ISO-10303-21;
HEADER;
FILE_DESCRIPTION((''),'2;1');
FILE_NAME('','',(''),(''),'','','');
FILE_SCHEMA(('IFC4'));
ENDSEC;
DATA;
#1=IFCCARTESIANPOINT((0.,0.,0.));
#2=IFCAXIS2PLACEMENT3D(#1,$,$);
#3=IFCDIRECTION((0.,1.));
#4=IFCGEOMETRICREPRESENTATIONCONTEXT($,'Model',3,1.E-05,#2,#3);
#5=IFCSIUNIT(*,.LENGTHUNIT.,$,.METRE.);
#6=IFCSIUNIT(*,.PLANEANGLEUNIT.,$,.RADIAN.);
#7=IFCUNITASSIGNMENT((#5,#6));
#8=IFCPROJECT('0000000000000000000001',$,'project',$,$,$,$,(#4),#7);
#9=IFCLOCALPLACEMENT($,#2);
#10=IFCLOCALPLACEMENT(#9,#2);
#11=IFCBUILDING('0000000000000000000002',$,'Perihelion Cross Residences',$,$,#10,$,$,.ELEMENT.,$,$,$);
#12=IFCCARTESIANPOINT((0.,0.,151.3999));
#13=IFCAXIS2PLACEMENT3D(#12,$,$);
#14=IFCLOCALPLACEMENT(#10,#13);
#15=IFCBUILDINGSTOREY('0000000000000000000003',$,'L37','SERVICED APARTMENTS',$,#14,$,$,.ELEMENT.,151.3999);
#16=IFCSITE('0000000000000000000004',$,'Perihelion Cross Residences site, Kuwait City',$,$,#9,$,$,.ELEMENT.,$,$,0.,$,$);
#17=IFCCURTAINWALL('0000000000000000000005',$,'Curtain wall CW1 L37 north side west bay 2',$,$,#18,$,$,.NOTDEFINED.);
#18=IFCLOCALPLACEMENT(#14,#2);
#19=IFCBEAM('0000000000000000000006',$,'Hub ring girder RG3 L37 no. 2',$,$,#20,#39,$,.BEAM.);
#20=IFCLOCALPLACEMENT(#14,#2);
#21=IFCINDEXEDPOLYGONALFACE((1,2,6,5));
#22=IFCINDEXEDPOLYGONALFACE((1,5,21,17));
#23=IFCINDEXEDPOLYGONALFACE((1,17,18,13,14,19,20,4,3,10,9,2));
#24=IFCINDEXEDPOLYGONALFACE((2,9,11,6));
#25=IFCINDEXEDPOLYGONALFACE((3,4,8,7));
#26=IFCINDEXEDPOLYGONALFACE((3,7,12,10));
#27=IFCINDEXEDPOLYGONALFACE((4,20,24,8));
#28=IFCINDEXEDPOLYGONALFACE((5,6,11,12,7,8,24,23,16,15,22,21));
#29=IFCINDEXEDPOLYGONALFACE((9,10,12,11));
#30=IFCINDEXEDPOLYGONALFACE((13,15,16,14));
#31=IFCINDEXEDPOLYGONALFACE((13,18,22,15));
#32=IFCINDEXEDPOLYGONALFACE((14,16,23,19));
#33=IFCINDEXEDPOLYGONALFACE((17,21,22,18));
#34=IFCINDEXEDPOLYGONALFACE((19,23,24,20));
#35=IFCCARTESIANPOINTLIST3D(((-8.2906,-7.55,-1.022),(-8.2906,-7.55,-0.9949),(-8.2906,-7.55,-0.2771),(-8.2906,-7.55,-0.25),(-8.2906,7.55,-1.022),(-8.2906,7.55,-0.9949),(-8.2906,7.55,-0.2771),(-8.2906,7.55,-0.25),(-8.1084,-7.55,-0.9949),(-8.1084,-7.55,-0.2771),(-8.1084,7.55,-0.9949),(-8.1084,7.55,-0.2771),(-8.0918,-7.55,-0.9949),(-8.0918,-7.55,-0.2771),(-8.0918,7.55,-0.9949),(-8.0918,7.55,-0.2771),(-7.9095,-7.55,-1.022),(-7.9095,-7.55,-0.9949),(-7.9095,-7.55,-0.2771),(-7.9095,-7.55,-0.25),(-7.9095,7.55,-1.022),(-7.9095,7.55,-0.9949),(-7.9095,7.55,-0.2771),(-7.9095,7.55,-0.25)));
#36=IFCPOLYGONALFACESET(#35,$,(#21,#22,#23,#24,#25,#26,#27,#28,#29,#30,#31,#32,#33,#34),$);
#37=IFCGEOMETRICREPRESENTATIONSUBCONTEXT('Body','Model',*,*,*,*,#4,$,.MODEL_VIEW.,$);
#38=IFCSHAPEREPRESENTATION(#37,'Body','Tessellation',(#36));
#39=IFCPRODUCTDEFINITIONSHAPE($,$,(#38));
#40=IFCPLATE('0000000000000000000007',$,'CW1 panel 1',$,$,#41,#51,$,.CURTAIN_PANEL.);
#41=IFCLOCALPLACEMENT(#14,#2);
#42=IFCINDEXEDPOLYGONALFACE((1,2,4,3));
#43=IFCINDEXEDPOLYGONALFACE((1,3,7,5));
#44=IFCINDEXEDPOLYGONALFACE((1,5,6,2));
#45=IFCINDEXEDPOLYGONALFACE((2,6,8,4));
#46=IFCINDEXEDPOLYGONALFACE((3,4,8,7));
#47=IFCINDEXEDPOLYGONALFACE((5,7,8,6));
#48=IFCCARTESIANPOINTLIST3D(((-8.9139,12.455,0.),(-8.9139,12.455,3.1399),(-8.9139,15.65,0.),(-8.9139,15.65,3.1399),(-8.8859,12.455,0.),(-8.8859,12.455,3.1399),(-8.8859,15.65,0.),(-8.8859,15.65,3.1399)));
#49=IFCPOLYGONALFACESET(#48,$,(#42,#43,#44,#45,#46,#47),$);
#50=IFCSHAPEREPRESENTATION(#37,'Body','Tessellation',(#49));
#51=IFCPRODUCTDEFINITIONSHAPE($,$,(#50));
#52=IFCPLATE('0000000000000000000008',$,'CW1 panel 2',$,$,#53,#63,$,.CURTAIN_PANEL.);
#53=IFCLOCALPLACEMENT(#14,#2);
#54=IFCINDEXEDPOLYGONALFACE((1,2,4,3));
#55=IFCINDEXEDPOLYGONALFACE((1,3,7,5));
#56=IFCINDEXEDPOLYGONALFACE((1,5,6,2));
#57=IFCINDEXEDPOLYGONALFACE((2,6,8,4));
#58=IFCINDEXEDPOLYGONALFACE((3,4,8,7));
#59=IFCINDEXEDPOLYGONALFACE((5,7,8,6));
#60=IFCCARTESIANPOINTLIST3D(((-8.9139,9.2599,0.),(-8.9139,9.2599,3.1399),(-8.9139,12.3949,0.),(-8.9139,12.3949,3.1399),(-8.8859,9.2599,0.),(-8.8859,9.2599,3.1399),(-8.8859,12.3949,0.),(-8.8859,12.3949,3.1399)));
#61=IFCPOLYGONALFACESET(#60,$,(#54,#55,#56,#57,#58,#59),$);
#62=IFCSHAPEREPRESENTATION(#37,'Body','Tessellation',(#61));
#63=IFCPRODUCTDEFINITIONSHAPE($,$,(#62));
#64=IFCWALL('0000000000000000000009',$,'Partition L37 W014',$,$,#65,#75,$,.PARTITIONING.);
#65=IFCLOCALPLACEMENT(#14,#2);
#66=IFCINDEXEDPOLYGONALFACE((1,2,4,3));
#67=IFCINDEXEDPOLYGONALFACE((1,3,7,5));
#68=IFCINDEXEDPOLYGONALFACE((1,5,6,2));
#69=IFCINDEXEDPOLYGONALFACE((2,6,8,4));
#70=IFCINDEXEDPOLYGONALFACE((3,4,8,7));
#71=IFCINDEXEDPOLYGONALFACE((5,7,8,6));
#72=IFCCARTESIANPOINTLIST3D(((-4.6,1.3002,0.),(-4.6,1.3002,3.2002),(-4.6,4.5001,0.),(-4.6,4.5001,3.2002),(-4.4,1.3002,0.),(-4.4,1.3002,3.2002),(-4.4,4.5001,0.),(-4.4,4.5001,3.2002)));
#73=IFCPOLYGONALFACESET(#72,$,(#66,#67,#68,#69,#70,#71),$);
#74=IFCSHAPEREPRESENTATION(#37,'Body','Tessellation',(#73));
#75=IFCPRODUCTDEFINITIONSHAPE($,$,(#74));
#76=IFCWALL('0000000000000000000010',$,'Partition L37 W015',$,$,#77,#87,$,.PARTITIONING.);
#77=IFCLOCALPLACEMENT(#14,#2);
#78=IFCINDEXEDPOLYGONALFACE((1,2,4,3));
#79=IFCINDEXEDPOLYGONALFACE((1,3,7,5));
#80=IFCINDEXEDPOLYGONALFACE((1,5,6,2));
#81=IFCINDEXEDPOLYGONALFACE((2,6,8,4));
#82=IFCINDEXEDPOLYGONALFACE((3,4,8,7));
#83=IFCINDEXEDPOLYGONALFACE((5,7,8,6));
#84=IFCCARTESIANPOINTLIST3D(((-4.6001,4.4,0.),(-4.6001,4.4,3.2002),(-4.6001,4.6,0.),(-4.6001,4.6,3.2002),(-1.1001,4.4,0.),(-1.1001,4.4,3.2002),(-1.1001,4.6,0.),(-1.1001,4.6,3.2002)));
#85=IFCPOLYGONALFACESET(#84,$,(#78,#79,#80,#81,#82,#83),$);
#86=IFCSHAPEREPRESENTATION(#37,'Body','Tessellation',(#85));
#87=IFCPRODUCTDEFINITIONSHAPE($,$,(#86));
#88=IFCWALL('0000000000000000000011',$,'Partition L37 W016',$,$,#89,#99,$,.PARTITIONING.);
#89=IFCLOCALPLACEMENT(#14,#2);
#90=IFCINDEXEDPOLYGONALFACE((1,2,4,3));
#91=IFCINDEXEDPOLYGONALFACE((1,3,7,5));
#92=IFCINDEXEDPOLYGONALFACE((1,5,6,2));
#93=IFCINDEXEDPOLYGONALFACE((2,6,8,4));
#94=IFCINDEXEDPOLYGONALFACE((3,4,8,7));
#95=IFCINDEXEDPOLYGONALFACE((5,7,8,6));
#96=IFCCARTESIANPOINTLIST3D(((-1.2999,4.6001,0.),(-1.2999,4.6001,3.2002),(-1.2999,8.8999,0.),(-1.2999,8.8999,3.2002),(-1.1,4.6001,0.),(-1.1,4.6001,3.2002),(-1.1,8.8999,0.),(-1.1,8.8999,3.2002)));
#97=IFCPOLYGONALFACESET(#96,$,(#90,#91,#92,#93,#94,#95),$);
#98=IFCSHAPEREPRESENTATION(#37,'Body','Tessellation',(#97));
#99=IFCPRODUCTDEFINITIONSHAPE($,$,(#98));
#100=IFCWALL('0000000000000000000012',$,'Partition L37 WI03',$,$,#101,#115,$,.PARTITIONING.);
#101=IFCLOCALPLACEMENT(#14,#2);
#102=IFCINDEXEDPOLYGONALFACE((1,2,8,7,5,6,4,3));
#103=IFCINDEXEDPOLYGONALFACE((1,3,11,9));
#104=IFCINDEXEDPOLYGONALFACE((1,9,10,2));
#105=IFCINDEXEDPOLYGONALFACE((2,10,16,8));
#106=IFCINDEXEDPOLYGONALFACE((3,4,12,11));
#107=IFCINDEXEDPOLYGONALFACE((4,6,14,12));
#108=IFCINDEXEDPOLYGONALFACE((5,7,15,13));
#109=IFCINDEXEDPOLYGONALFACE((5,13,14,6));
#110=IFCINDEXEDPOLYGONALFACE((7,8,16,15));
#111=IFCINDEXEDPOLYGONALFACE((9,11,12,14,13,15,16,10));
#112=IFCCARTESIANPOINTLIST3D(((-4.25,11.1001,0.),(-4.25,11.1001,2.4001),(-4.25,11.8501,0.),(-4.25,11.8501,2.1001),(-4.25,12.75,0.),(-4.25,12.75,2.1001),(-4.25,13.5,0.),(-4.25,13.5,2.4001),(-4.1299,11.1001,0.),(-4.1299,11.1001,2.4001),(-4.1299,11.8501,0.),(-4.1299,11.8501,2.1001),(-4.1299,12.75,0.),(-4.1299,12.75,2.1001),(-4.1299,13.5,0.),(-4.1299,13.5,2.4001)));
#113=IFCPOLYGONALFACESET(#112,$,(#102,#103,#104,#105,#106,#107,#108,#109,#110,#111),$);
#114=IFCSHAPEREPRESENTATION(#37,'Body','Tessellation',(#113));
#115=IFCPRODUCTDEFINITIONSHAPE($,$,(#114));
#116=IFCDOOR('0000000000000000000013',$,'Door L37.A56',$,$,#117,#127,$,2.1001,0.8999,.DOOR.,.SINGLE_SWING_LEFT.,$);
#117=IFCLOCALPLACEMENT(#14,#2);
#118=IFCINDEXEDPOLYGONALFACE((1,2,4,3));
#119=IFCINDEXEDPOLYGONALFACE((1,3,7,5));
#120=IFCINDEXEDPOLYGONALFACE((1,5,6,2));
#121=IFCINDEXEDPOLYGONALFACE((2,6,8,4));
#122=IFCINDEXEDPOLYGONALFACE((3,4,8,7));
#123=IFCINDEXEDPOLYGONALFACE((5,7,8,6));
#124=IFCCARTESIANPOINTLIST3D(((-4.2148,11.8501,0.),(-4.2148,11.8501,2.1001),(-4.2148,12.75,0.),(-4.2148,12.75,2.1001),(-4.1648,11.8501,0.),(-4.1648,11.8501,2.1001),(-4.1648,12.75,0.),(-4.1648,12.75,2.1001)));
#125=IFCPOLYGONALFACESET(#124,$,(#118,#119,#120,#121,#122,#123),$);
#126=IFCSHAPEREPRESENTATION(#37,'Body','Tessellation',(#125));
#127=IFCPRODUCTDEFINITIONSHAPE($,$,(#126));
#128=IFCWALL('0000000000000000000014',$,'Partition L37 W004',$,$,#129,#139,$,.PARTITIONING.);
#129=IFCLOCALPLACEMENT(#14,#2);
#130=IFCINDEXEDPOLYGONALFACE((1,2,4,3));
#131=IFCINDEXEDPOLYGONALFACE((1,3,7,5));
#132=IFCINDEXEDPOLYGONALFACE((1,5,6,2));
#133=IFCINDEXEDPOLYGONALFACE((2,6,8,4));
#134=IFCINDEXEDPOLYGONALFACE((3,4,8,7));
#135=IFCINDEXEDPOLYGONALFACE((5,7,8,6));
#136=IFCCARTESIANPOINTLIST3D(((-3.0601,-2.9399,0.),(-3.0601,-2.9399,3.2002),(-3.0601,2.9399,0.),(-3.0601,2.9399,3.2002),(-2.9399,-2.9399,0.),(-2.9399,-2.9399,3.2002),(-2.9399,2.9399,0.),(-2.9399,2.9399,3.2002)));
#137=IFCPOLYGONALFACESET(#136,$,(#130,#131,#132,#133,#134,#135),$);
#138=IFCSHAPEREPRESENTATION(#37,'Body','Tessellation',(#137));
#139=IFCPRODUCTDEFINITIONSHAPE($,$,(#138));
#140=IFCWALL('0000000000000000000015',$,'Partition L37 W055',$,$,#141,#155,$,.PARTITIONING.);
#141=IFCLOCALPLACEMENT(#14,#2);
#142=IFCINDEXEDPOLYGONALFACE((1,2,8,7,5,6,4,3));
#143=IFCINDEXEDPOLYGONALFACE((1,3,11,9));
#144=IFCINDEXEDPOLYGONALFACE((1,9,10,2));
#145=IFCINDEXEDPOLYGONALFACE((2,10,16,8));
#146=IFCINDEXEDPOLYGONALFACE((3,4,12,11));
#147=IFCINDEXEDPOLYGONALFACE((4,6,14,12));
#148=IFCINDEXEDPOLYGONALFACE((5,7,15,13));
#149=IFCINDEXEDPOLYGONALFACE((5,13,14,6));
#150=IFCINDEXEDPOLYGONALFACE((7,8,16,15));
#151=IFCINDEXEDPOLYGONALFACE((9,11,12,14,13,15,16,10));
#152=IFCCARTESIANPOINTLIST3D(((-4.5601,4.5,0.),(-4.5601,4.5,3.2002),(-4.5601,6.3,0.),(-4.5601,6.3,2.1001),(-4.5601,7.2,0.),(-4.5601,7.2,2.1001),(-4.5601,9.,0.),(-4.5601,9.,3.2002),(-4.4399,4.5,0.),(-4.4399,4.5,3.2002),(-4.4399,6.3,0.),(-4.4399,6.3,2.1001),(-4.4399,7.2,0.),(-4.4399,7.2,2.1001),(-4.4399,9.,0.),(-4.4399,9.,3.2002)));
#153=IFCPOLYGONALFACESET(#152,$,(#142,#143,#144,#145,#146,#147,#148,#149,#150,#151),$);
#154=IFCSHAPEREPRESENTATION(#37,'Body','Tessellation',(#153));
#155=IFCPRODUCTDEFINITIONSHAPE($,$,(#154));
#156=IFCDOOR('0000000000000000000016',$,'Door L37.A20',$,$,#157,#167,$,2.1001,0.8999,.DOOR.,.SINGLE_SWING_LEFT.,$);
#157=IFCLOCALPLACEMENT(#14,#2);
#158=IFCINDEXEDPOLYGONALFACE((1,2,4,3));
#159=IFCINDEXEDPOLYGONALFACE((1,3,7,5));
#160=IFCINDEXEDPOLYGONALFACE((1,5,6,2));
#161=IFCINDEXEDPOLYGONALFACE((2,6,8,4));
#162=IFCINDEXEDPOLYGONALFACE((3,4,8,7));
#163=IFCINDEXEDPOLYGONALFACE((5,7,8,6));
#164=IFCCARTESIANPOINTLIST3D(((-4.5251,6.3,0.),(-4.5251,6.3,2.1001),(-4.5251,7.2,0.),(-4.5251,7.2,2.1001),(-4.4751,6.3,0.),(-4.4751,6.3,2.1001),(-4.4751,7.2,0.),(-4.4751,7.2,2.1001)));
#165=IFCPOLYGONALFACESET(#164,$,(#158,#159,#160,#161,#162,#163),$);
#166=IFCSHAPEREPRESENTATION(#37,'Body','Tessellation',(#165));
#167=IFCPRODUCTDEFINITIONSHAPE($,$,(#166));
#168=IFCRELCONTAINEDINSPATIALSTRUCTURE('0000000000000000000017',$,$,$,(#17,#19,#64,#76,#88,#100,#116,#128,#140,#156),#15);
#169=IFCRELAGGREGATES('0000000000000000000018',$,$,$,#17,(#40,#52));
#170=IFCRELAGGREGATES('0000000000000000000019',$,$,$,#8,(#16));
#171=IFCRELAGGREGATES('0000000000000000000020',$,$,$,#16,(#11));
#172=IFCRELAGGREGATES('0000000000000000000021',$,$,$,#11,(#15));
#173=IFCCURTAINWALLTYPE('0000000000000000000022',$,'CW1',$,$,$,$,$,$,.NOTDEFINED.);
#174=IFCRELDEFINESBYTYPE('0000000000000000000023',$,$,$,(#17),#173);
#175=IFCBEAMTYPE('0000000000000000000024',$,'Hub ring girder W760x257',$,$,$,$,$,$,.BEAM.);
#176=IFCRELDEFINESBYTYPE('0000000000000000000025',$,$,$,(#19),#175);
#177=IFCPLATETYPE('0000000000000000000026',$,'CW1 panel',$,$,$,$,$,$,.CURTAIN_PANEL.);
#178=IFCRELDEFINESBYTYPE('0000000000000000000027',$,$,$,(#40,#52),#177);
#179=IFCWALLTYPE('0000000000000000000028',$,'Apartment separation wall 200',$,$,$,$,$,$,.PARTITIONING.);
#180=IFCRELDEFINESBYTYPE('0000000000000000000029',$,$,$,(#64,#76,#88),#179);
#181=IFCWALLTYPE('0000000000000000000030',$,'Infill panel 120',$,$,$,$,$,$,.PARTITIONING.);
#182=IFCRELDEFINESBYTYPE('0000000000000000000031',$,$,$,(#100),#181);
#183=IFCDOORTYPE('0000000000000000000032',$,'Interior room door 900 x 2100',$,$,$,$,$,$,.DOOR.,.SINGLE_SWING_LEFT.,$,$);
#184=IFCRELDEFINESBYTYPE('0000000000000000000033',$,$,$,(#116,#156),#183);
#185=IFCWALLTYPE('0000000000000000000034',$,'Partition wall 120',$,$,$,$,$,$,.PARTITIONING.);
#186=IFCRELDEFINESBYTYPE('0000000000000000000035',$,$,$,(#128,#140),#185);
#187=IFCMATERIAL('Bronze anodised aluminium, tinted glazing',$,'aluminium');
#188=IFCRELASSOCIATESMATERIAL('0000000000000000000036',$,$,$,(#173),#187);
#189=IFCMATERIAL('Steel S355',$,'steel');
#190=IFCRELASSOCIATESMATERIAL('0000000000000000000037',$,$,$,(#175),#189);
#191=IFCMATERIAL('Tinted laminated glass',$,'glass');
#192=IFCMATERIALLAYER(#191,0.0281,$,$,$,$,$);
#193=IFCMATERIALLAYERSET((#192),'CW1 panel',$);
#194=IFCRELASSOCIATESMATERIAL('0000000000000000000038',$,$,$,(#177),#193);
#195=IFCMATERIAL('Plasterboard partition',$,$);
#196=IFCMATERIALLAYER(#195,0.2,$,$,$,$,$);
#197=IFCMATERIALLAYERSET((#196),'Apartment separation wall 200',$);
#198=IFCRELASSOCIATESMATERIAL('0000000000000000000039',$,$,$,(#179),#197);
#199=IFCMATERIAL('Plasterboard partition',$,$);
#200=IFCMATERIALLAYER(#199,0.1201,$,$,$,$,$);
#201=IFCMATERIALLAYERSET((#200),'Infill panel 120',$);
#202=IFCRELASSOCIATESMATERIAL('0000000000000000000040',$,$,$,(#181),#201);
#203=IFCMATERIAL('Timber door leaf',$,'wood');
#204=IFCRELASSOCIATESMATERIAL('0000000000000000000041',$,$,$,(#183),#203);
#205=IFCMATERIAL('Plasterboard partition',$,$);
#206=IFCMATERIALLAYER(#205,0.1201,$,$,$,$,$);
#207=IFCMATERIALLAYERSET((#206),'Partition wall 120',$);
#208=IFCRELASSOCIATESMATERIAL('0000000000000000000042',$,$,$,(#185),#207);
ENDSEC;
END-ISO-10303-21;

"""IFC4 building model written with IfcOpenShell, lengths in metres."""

from ifc_helpers import new_model, si_unit, direction, frame, frame_2d, origin, origin_2d, place, context, subcontext, project, spatial, rectangle, i_section, extrude, material, layer, layer_set, material_profile, profile_set, type_object, element, fill, aggregate, save


model = new_model("IFC4")

# Units and contexts
model_context = context("Model", 3, precision=1e-05, world=origin(), true_north=direction((0.0, 1.0)))
body_context = subcontext(model_context, "Body", "Model", "MODEL_VIEW")
ifc_project = project(units=[si_unit("LENGTHUNIT", "METRE"), si_unit("PLANEANGLEUNIT", "RADIAN")], contexts=[model_context])

# Site, building, storey
site_placement = place(None, origin())
site = spatial("IfcSite", under=ifc_project, at=site_placement, Name="Perihelion Cross Residences site, Kuwait City", CompositionType="ELEMENT", RefElevation=0.0)
building_placement = place(site_placement, origin())
building = spatial("IfcBuilding", under=site, at=building_placement, Name="Perihelion Cross Residences", CompositionType="ELEMENT")
storey_placement = place(building_placement, frame((0.0, 0.0, 151.3999)))
storey = spatial("IfcBuildingStorey", under=building, at=storey_placement, Name="L37", Description="SERVICED APARTMENTS", CompositionType="ELEMENT", Elevation=151.3999)

# Curtain wall
ifc_material_1 = material(Name="Bronze anodised aluminium, tinted glazing", Category="aluminium")
curtain_wall_type = type_object("IfcCurtainWallType", Name="CW1", PredefinedType="NOTDEFINED", material=ifc_material_1)
curtain_wall_placement = place(storey_placement, origin())
curtain_wall = element("IfcCurtainWall", 1, at=curtain_wall_placement, inside=storey, type_object=curtain_wall_type, Name="Curtain wall CW1 L37 north side west bay 2", PredefinedType="NOTDEFINED")

# Beam
ifc_material_2 = material(Name="Steel S355", Category="steel")
ifc_material_profile_1 = material_profile(ifc_material_2, i_section(OverallWidth=0.3811, OverallDepth=0.772, WebThickness=0.0166, FlangeThickness=0.0271, at=origin_2d()), Name="W760x257")
ifc_profile_set_1 = profile_set([ifc_material_profile_1], Name="Steel S355")
beam_type_1 = type_object("IfcBeamType", Name="Hub ring girder W760x257", PredefinedType="BEAM", material=ifc_profile_set_1)
beam_1_placement = place(storey_placement, frame((-8.1001, 7.55, -0.636), z_axis=(0.0, -1.0, 0.0), x_axis=(1.0, 0.0, 0.0)))
element("IfcBeam", 2, at=beam_1_placement, inside=storey, type_object=beam_type_1, Name="Hub ring girder RG3 L37 no. 2", PredefinedType="BEAM", context=body_context, shape_type="SweptSolid", body=[
    extrude(i_section(OverallWidth=0.3811, OverallDepth=0.772, WebThickness=0.0166, FlangeThickness=0.0271, at=origin_2d()), origin(), (0.0, 0.0, 1.0), 15.1001),
])

# Plates
ifc_material_3 = material(Name="Tinted laminated glass", Category="glass")
ifc_layer_1 = layer(ifc_material_3, 0.0281)
ifc_layer_set_1 = layer_set([ifc_layer_1], Name="CW1 panel")
plate_type = type_object("IfcPlateType", Name="CW1 panel", PredefinedType="CURTAIN_PANEL", material=ifc_layer_set_1)
plate_1_placement = place(storey_placement, frame((-8.8999, 14.0525, 0.0), z_axis=(0.0, 0.0, 1.0), x_axis=(0.0, -1.0, 0.0)))
plate_1 = element("IfcPlate", 3, at=plate_1_placement, type_object=plate_type, Name="CW1 panel 1", PredefinedType="CURTAIN_PANEL", context=body_context, shape_type="SweptSolid", body=[
    extrude(rectangle(XDim=3.1951, YDim=0.0281, at=origin_2d()), origin(), (0.0, 0.0, 1.0), 3.1399),
])
plate_2_placement = place(storey_placement, frame((-8.8999, 10.8274, 0.0), z_axis=(0.0, 0.0, 1.0), x_axis=(0.0, -1.0, 0.0)))
plate_2 = element("IfcPlate", 4, at=plate_2_placement, type_object=plate_type, Name="CW1 panel 2", PredefinedType="CURTAIN_PANEL", context=body_context, shape_type="SweptSolid", body=[
    extrude(rectangle(XDim=3.135, YDim=0.0281, at=origin_2d()), origin(), (0.0, 0.0, 1.0), 3.1399),
])
aggregate(curtain_wall, [plate_1, plate_2])

# Walls
ifc_material_4 = material(Name="Plasterboard partition")
ifc_layer_2 = layer(ifc_material_4, 0.2)
ifc_layer_set_2 = layer_set([ifc_layer_2], Name="Apartment separation wall 200")
wall_type_1 = type_object("IfcWallType", Name="Apartment separation wall 200", PredefinedType="PARTITIONING", material=ifc_layer_set_2)
wall_1_placement = place(storey_placement, frame((-4.5, 1.3, 0.0), z_axis=(0.0, 0.0, 1.0), x_axis=(0.0, 1.0, 0.0)))
element("IfcWall", 5, at=wall_1_placement, inside=storey, type_object=wall_type_1, Name="Partition L37 W014", PredefinedType="PARTITIONING", context=body_context, shape_type="SweptSolid", body=[
    extrude(rectangle(XDim=3.2, YDim=0.2, at=frame_2d((1.6001, 0.0))), origin(), (0.0, 0.0, 1.0), 3.2002),
])
wall_2_placement = place(storey_placement, frame((-4.6001, 4.5, 0.0), z_axis=(0.0, 0.0, 1.0), x_axis=(1.0, 0.0, 0.0)))
element("IfcWall", 6, at=wall_2_placement, inside=storey, type_object=wall_type_1, Name="Partition L37 W015", PredefinedType="PARTITIONING", context=body_context, shape_type="SweptSolid", body=[
    extrude(rectangle(XDim=3.5, YDim=0.2, at=frame_2d((1.75, 0.0))), origin(), (0.0, 0.0, 1.0), 3.2002),
])
wall_3_placement = place(storey_placement, frame((-1.2, 4.6001, 0.0), z_axis=(0.0, 0.0, 1.0), x_axis=(0.0, 1.0, 0.0)))
element("IfcWall", 7, at=wall_3_placement, inside=storey, type_object=wall_type_1, Name="Partition L37 W016", PredefinedType="PARTITIONING", context=body_context, shape_type="SweptSolid", body=[
    extrude(rectangle(XDim=4.2998, YDim=0.2, at=frame_2d((2.1499, 0.0))), origin(), (0.0, 0.0, 1.0), 3.2002),
])

# Wall, opening, door
ifc_material_5 = material(Name="Plasterboard partition")
ifc_layer_3 = layer(ifc_material_5, 0.1201)
ifc_layer_set_3 = layer_set([ifc_layer_3], Name="Infill panel 120")
wall_type_2 = type_object("IfcWallType", Name="Infill panel 120", PredefinedType="PARTITIONING", material=ifc_layer_set_3)
wall_4_placement = place(storey_placement, frame((-4.1899, 11.1001, 0.0), z_axis=(0.0, 0.0, 1.0), x_axis=(0.0, 1.0, 0.0)))
wall_4 = element("IfcWall", 8, at=wall_4_placement, inside=storey, type_object=wall_type_2, Name="Partition L37 WI03", PredefinedType="PARTITIONING", context=body_context, shape_type="SweptSolid", body=[
    extrude(rectangle(XDim=2.3999, YDim=0.1201, at=frame_2d((1.2, 0.0))), origin(), (0.0, 0.0, 1.0), 2.4001),
])
opening_1_placement = place(wall_4_placement, frame((0.75, 0.0, 0.0)))
opening_1 = element("IfcOpeningElement", 9, at=opening_1_placement, cuts=wall_4, PredefinedType="OPENING", context=body_context, shape_type="SweptSolid", body=[
    extrude(rectangle(XDim=0.8999, YDim=2.1001, at=frame_2d((0.45, 1.05))), frame((0.0, 0.0701, 0.0), z_axis=(0.0, -1.0, 0.0), x_axis=(1.0, 0.0, 0.0)), (0.0, 0.0, 1.0), 0.1401),
])
ifc_material_6 = material(Name="Timber door leaf", Category="wood")
door_type_1 = type_object("IfcDoorType", Name="Interior room door 900 x 2100", OperationType="SINGLE_SWING_LEFT", PredefinedType="DOOR", material=ifc_material_6)
door_1_placement = place(opening_1_placement, origin())
door_1 = element("IfcDoor", 10, at=door_1_placement, inside=storey, type_object=door_type_1, Name="Door L37.A56", OperationType="SINGLE_SWING_LEFT", OverallHeight=2.1001, OverallWidth=0.8999, PredefinedType="DOOR", context=body_context, shape_type="SweptSolid", body=[
    extrude(rectangle(XDim=0.8999, YDim=2.1001, at=frame_2d((0.45, 1.05))), frame((0.0, 0.0249, 0.0), z_axis=(0.0, -1.0, 0.0), x_axis=(1.0, 0.0, 0.0)), (0.0, 0.0, 1.0), 0.05),
])
fill(opening_1, door_1)

# Wall
ifc_material_7 = material(Name="Plasterboard partition")
ifc_layer_4 = layer(ifc_material_7, 0.1201)
ifc_layer_set_4 = layer_set([ifc_layer_4], Name="Partition wall 120")
wall_type_3 = type_object("IfcWallType", Name="Partition wall 120", PredefinedType="PARTITIONING", material=ifc_layer_set_4)
wall_5_placement = place(storey_placement, frame((-3.0, 2.9399, 0.0), z_axis=(0.0, 0.0, 1.0), x_axis=(0.0, -1.0, 0.0)))
element("IfcWall", 11, at=wall_5_placement, inside=storey, type_object=wall_type_3, Name="Partition L37 W004", PredefinedType="PARTITIONING", context=body_context, shape_type="SweptSolid", body=[
    extrude(rectangle(XDim=5.8799, YDim=0.1201, at=frame_2d((2.9399, 0.0))), origin(), (0.0, 0.0, 1.0), 3.2002),
])

# Wall, opening, door
wall_6_placement = place(storey_placement, frame((-4.5, 9.0, 0.0), z_axis=(0.0, 0.0, 1.0), x_axis=(0.0, -1.0, 0.0)))
wall_6 = element("IfcWall", 12, at=wall_6_placement, inside=storey, type_object=wall_type_3, Name="Partition L37 W055", PredefinedType="PARTITIONING", context=body_context, shape_type="SweptSolid", body=[
    extrude(rectangle(XDim=4.5, YDim=0.1201, at=frame_2d((2.25, 0.0))), origin(), (0.0, 0.0, 1.0), 3.2002),
])
opening_2_placement = place(wall_6_placement, frame((1.8, 0.0, 0.0)))
opening_2 = element("IfcOpeningElement", 13, at=opening_2_placement, cuts=wall_6, PredefinedType="OPENING", context=body_context, shape_type="SweptSolid", body=[
    extrude(rectangle(XDim=0.8999, YDim=2.1001, at=frame_2d((0.45, 1.05))), frame((0.0, 0.0701, 0.0), z_axis=(0.0, -1.0, 0.0), x_axis=(1.0, 0.0, 0.0)), (0.0, 0.0, 1.0), 0.1401),
])
door_2_placement = place(opening_2_placement, origin())
door_2 = element("IfcDoor", 14, at=door_2_placement, inside=storey, type_object=door_type_1, Name="Door L37.A20", OperationType="SINGLE_SWING_LEFT", OverallHeight=2.1001, OverallWidth=0.8999, PredefinedType="DOOR", context=body_context, shape_type="SweptSolid", body=[
    extrude(rectangle(XDim=0.8999, YDim=2.1001, at=frame_2d((0.45, 1.05))), frame((0.0, 0.0249, 0.0), z_axis=(0.0, -1.0, 0.0), x_axis=(1.0, 0.0, 0.0)), (0.0, 0.0, 1.0), 0.05),
])
fill(opening_2, door_2)

save(model, "model.ifc")
